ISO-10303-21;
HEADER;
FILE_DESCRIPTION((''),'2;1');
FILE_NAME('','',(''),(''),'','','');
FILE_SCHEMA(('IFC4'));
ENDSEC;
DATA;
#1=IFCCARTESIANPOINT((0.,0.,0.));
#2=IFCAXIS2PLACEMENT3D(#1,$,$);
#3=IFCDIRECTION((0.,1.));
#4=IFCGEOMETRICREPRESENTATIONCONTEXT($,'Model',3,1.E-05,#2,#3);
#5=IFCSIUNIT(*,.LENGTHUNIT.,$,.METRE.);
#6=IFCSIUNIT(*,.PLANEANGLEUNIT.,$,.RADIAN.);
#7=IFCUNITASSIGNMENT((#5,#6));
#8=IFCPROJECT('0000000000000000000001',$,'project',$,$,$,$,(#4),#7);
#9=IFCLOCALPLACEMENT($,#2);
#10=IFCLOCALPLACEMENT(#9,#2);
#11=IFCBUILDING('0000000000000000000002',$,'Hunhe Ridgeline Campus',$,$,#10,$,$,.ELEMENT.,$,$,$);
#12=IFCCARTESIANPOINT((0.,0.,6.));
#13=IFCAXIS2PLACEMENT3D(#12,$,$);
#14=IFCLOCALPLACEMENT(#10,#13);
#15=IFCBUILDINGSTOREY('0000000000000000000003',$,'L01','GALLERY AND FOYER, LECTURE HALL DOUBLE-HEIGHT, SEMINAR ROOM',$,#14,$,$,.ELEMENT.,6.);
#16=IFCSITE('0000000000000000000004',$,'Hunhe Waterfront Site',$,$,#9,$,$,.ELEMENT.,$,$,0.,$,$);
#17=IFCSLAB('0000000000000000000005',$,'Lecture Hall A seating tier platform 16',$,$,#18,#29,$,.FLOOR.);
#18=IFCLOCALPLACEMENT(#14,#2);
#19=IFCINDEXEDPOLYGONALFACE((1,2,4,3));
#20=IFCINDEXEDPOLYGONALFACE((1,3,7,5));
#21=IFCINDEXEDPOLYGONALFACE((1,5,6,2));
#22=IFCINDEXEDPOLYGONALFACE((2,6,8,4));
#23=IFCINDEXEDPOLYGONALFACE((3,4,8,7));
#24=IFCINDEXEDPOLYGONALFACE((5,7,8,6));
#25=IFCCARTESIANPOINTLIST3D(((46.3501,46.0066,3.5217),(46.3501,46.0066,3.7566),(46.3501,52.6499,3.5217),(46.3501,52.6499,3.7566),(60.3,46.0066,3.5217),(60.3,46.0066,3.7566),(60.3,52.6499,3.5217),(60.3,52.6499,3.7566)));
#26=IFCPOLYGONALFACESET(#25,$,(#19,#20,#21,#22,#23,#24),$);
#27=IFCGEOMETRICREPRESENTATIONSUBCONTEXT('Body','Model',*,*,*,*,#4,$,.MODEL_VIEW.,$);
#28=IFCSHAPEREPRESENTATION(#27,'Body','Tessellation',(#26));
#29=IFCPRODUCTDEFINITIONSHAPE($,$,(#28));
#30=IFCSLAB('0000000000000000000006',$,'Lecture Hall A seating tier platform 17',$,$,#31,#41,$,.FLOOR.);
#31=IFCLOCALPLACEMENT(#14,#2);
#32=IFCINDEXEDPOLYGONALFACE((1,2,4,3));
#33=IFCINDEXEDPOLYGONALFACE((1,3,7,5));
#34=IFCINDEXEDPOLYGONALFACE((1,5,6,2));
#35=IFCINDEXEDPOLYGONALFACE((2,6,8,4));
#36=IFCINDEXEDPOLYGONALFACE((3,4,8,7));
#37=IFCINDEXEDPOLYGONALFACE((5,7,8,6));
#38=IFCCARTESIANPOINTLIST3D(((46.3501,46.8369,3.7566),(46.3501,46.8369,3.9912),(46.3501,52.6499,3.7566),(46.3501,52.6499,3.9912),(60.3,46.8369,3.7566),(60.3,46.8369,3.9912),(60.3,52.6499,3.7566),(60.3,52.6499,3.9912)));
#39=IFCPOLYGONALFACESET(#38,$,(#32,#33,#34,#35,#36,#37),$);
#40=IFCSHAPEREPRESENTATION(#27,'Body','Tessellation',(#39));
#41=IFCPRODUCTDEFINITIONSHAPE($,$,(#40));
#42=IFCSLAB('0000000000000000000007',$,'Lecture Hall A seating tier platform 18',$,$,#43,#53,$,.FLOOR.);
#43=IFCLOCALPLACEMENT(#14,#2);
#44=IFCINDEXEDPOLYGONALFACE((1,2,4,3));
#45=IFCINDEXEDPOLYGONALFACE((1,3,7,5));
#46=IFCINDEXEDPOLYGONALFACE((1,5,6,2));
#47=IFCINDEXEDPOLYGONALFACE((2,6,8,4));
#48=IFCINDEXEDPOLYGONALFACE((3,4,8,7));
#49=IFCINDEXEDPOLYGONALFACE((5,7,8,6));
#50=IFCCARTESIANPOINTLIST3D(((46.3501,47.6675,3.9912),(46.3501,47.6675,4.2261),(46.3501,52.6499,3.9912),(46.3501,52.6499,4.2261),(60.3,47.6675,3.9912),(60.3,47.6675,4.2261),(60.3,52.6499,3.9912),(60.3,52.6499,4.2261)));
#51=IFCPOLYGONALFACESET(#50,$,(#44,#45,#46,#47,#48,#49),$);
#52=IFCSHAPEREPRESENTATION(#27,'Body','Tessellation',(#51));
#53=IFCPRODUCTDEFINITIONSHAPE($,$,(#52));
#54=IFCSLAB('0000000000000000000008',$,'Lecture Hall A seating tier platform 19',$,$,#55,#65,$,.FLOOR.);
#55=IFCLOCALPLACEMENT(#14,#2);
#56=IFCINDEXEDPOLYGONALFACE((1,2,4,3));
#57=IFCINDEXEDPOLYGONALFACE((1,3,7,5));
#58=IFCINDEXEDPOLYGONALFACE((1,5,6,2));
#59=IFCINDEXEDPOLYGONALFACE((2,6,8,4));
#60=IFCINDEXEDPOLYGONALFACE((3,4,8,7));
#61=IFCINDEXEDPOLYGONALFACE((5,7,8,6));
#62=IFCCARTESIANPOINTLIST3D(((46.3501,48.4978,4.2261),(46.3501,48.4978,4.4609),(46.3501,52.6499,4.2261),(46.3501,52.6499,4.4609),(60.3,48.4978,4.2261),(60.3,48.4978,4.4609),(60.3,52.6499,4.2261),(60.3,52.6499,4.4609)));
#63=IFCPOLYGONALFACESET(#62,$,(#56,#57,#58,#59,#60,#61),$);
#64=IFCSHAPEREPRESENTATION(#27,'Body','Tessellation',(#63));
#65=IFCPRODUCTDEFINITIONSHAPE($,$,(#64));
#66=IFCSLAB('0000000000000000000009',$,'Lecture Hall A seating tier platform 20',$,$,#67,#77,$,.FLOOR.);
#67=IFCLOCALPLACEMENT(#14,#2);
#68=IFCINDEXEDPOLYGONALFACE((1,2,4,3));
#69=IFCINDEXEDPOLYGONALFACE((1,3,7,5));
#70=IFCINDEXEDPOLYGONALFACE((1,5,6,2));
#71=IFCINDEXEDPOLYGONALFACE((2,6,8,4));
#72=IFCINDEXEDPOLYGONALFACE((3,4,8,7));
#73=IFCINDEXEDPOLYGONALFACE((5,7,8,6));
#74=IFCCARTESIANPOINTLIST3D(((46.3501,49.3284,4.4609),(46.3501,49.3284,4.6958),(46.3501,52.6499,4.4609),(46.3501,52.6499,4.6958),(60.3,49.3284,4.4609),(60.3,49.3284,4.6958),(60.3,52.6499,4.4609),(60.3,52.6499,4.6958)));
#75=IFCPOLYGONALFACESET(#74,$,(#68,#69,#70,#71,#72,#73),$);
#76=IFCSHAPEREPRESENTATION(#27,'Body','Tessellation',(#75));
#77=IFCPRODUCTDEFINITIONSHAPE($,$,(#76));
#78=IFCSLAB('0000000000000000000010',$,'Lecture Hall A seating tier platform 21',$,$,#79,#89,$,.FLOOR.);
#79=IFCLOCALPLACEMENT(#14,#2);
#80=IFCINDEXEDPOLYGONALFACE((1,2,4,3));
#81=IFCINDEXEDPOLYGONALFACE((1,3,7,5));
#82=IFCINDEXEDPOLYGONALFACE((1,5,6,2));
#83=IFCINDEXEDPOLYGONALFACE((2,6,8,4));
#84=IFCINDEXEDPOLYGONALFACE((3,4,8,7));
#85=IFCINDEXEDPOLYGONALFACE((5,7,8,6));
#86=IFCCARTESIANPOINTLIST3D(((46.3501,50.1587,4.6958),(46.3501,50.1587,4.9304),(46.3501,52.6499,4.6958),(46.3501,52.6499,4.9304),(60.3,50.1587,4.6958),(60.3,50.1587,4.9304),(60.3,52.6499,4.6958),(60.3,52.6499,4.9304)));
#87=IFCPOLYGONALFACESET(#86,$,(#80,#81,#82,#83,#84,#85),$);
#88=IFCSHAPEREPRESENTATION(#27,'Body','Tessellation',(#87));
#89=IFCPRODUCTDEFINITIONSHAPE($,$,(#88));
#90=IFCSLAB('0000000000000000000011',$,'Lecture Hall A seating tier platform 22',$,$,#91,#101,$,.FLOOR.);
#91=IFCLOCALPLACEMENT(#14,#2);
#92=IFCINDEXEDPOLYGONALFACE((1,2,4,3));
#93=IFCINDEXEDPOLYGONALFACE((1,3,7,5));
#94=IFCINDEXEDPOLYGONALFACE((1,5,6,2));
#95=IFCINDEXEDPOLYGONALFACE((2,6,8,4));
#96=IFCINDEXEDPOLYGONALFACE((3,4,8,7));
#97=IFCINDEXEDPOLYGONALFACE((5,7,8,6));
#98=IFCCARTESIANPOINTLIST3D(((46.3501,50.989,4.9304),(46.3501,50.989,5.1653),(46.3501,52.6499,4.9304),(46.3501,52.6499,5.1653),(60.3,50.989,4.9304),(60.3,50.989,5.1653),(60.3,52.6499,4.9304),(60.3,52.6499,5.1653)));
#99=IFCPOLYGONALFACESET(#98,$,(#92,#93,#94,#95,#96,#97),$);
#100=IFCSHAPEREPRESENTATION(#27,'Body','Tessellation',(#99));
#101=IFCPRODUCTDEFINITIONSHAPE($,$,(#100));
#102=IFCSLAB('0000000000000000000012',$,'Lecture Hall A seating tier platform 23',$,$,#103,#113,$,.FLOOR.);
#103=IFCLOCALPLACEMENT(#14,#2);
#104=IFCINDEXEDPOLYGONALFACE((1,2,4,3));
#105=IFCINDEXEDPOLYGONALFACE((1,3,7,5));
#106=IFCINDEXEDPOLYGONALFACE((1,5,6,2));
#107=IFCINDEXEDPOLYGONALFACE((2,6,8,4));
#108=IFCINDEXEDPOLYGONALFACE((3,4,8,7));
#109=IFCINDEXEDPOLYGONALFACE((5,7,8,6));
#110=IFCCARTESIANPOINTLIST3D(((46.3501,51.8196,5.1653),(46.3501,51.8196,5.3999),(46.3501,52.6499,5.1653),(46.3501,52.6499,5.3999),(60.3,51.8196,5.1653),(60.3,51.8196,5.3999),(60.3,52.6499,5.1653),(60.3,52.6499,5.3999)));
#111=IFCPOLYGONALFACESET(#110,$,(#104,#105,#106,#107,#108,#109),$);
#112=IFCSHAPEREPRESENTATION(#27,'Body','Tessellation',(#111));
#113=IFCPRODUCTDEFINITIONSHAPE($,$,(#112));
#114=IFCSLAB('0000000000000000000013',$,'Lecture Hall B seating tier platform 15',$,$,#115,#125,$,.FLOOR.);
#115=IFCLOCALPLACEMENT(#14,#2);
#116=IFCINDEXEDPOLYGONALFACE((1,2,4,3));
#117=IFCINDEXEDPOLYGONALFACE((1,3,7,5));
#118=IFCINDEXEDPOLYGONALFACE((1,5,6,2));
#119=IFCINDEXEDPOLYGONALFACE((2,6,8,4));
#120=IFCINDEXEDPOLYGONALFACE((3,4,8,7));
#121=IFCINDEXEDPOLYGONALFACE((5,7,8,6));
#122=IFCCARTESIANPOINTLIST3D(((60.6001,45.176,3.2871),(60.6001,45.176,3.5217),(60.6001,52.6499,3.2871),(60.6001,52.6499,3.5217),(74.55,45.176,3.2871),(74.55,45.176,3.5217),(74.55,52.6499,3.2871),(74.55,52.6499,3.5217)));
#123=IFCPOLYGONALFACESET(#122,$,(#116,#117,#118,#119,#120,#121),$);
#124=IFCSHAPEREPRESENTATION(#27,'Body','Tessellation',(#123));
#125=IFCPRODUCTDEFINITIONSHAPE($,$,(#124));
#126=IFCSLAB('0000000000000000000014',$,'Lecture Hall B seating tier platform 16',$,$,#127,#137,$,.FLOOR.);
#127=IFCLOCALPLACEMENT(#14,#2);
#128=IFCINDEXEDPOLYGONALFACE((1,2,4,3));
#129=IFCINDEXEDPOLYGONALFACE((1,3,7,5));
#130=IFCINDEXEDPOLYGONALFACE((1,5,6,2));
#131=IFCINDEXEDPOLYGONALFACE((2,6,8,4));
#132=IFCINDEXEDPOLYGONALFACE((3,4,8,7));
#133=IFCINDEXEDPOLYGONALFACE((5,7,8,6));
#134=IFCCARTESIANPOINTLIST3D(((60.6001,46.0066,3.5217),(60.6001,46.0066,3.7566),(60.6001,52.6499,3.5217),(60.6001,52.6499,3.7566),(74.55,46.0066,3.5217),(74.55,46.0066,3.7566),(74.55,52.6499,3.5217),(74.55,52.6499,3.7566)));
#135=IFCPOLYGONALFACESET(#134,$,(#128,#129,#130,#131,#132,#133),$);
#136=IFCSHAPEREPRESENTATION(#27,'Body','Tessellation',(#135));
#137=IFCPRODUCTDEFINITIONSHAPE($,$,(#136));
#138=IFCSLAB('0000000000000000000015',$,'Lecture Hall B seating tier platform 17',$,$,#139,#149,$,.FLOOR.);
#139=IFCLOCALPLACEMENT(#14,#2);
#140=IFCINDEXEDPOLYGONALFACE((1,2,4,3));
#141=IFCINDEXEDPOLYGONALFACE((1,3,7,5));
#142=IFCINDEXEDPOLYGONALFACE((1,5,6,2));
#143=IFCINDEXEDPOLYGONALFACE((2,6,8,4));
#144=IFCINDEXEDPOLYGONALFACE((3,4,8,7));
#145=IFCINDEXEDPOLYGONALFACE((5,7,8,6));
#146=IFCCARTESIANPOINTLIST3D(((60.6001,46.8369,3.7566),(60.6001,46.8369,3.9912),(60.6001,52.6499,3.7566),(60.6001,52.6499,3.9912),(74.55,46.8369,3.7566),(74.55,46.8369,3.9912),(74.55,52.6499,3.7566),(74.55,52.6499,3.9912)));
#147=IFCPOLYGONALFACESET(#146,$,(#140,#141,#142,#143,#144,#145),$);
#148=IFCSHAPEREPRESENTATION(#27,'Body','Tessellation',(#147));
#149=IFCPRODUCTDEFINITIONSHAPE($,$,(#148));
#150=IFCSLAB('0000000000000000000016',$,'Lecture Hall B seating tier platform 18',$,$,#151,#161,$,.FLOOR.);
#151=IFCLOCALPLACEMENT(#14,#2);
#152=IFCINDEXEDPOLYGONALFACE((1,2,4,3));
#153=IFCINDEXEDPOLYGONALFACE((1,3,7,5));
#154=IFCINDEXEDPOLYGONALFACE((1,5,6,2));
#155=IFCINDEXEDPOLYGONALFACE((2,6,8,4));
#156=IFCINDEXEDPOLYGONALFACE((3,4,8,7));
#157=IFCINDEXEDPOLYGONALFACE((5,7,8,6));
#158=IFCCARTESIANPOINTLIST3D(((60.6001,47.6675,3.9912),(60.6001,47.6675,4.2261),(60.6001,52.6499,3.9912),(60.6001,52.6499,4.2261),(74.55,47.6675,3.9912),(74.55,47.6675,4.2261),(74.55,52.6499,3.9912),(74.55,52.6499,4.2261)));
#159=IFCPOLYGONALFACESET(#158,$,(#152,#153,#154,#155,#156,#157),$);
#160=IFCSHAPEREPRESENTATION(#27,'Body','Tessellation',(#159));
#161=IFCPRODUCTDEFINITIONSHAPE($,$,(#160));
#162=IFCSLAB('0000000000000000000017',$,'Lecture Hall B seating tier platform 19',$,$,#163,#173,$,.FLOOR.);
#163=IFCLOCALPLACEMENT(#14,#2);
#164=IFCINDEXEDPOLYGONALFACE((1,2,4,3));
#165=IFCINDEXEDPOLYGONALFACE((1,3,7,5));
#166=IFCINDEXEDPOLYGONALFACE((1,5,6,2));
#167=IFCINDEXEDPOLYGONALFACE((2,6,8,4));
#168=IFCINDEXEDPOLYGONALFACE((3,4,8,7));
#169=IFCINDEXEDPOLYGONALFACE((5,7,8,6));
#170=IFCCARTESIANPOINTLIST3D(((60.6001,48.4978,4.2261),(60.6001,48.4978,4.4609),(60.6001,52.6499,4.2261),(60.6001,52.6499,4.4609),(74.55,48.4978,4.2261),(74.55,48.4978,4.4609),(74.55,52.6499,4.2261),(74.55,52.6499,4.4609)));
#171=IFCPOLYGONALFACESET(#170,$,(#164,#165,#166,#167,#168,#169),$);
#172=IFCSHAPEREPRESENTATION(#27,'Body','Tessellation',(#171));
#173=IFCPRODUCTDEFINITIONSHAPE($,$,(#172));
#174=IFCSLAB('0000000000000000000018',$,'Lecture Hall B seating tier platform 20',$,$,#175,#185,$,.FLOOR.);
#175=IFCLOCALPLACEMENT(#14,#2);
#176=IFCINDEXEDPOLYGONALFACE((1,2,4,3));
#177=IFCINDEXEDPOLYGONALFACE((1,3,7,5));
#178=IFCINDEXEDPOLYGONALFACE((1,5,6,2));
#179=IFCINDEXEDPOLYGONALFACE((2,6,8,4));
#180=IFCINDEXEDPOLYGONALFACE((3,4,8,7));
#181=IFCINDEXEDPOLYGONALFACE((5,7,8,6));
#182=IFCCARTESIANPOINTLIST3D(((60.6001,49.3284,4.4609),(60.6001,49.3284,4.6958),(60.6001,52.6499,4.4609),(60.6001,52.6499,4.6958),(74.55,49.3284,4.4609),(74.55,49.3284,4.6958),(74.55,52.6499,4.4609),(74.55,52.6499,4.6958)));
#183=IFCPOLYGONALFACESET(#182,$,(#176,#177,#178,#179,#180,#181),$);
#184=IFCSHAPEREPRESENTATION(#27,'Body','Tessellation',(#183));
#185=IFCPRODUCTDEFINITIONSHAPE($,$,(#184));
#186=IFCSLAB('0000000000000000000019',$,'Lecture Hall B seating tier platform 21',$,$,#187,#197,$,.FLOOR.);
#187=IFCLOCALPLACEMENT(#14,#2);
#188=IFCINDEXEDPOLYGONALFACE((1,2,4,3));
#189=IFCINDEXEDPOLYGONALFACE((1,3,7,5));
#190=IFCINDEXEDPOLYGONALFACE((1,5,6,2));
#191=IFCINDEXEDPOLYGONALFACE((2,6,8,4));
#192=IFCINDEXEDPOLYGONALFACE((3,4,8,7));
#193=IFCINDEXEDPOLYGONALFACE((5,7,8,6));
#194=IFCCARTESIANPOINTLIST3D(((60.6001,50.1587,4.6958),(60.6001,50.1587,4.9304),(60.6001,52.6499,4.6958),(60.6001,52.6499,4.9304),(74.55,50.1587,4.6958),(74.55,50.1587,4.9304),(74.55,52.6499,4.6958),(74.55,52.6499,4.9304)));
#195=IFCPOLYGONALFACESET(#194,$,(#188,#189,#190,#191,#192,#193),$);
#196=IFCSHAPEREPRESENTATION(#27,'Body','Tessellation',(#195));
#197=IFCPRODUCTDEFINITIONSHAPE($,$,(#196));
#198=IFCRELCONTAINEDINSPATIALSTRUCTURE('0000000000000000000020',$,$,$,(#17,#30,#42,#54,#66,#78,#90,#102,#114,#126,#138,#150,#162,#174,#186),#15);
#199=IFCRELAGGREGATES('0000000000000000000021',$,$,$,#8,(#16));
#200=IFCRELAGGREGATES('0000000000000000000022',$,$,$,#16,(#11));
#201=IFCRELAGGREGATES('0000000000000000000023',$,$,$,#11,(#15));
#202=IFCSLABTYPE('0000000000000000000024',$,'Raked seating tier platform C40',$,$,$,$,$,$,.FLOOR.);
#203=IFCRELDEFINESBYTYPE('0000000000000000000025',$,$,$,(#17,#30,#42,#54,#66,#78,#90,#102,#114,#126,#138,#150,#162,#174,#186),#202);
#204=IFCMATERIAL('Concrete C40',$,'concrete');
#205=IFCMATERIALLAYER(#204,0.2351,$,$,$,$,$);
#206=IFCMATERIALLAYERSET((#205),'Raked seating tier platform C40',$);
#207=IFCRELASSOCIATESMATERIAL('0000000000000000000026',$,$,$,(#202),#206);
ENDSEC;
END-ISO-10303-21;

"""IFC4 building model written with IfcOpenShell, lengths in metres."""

from ifc_helpers import new_model, si_unit, direction, frame, origin, place, context, subcontext, project, spatial, polyline, outline, extrude, material, layer, layer_set, type_object, element, save


model = new_model("IFC4")

# Units and contexts
model_context = context("Model", 3, precision=1e-05, world=origin(), true_north=direction((0.0, 1.0)))
body_context = subcontext(model_context, "Body", "Model", "MODEL_VIEW")
ifc_project = project(units=[si_unit("LENGTHUNIT", "METRE"), si_unit("PLANEANGLEUNIT", "RADIAN")], contexts=[model_context])

# Site, building, storey
site_placement = place(None, origin())
site = spatial("IfcSite", under=ifc_project, at=site_placement, Name="Hunhe Waterfront Site", CompositionType="ELEMENT", RefElevation=0.0)
building_placement = place(site_placement, origin())
building = spatial("IfcBuilding", under=site, at=building_placement, Name="Hunhe Ridgeline Campus", CompositionType="ELEMENT")
storey_placement = place(building_placement, frame((0.0, 0.0, 6.0)))
storey = spatial("IfcBuildingStorey", under=building, at=storey_placement, Name="L01", Description="GALLERY AND FOYER, LECTURE HALL DOUBLE-HEIGHT, SEMINAR ROOM", CompositionType="ELEMENT", Elevation=6.0)

# Slabs
ifc_material = material(Name="Concrete C40", Category="concrete")
ifc_layer_1 = layer(ifc_material, 0.2351)
ifc_layer_set_1 = layer_set([ifc_layer_1], Name="Raked seating tier platform C40")
slab_type_1 = type_object("IfcSlabType", Name="Raked seating tier platform C40", PredefinedType="FLOOR", material=ifc_layer_set_1)
slab_1_placement = place(storey_placement, frame((0.0, 0.0, 3.5217)))
element("IfcSlab", 1, at=slab_1_placement, inside=storey, type_object=slab_type_1, Name="Lecture Hall A seating tier platform 16", PredefinedType="FLOOR", context=body_context, shape_type="SweptSolid", body=[
    extrude(outline(polyline([(46.3501, 46.0066), (60.3, 46.0066), (60.3, 52.6499), (46.3501, 52.6499), (46.3501, 46.0066)])), origin(), (0.0, 0.0, 1.0), 0.2349),
])
slab_2_placement = place(storey_placement, frame((0.0, 0.0, 3.7566)))
element("IfcSlab", 2, at=slab_2_placement, inside=storey, type_object=slab_type_1, Name="Lecture Hall A seating tier platform 17", PredefinedType="FLOOR", context=body_context, shape_type="SweptSolid", body=[
    extrude(outline(polyline([(46.3501, 46.8369), (60.3, 46.8369), (60.3, 52.6499), (46.3501, 52.6499), (46.3501, 46.8369)])), origin(), (0.0, 0.0, 1.0), 0.2346),
])
slab_3_placement = place(storey_placement, frame((0.0, 0.0, 3.9912)))
element("IfcSlab", 3, at=slab_3_placement, inside=storey, type_object=slab_type_1, Name="Lecture Hall A seating tier platform 18", PredefinedType="FLOOR", context=body_context, shape_type="SweptSolid", body=[
    extrude(outline(polyline([(46.3501, 47.6675), (60.3, 47.6675), (60.3, 52.6499), (46.3501, 52.6499), (46.3501, 47.6675)])), origin(), (0.0, 0.0, 1.0), 0.2349),
])
slab_4_placement = place(storey_placement, frame((0.0, 0.0, 4.2261)))
element("IfcSlab", 4, at=slab_4_placement, inside=storey, type_object=slab_type_1, Name="Lecture Hall A seating tier platform 19", PredefinedType="FLOOR", context=body_context, shape_type="SweptSolid", body=[
    extrude(outline(polyline([(46.3501, 48.4978), (60.3, 48.4978), (60.3, 52.6499), (46.3501, 52.6499), (46.3501, 48.4978)])), origin(), (0.0, 0.0, 1.0), 0.2349),
])
slab_5_placement = place(storey_placement, frame((0.0, 0.0, 4.4609)))
element("IfcSlab", 5, at=slab_5_placement, inside=storey, type_object=slab_type_1, Name="Lecture Hall A seating tier platform 20", PredefinedType="FLOOR", context=body_context, shape_type="SweptSolid", body=[
    extrude(outline(polyline([(46.3501, 49.3284), (60.3, 49.3284), (60.3, 52.6499), (46.3501, 52.6499), (46.3501, 49.3284)])), origin(), (0.0, 0.0, 1.0), 0.2349),
])
slab_6_placement = place(storey_placement, frame((0.0, 0.0, 4.6958)))
element("IfcSlab", 6, at=slab_6_placement, inside=storey, type_object=slab_type_1, Name="Lecture Hall A seating tier platform 21", PredefinedType="FLOOR", context=body_context, shape_type="SweptSolid", body=[
    extrude(outline(polyline([(46.3501, 50.1587), (60.3, 50.1587), (60.3, 52.6499), (46.3501, 52.6499), (46.3501, 50.1587)])), origin(), (0.0, 0.0, 1.0), 0.2346),
])
slab_7_placement = place(storey_placement, frame((0.0, 0.0, 4.9304)))
element("IfcSlab", 7, at=slab_7_placement, inside=storey, type_object=slab_type_1, Name="Lecture Hall A seating tier platform 22", PredefinedType="FLOOR", context=body_context, shape_type="SweptSolid", body=[
    extrude(outline(polyline([(46.3501, 50.989), (60.3, 50.989), (60.3, 52.6499), (46.3501, 52.6499), (46.3501, 50.989)])), origin(), (0.0, 0.0, 1.0), 0.2349),
])
slab_8_placement = place(storey_placement, frame((0.0, 0.0, 5.1653)))
element("IfcSlab", 8, at=slab_8_placement, inside=storey, type_object=slab_type_1, Name="Lecture Hall A seating tier platform 23", PredefinedType="FLOOR", context=body_context, shape_type="SweptSolid", body=[
    extrude(outline(polyline([(46.3501, 51.8196), (60.3, 51.8196), (60.3, 52.6499), (46.3501, 52.6499), (46.3501, 51.8196)])), origin(), (0.0, 0.0, 1.0), 0.2346),
])
slab_9_placement = place(storey_placement, frame((0.0, 0.0, 3.2871)))
element("IfcSlab", 9, at=slab_9_placement, inside=storey, type_object=slab_type_1, Name="Lecture Hall B seating tier platform 15", PredefinedType="FLOOR", context=body_context, shape_type="SweptSolid", body=[
    extrude(outline(polyline([(60.6001, 45.176), (74.55, 45.176), (74.55, 52.6499), (60.6001, 52.6499), (60.6001, 45.176)])), origin(), (0.0, 0.0, 1.0), 0.2346),
])
slab_10_placement = place(storey_placement, frame((0.0, 0.0, 3.5217)))
element("IfcSlab", 10, at=slab_10_placement, inside=storey, type_object=slab_type_1, Name="Lecture Hall B seating tier platform 16", PredefinedType="FLOOR", context=body_context, shape_type="SweptSolid", body=[
    extrude(outline(polyline([(60.6001, 46.0066), (74.55, 46.0066), (74.55, 52.6499), (60.6001, 52.6499), (60.6001, 46.0066)])), origin(), (0.0, 0.0, 1.0), 0.2349),
])
slab_11_placement = place(storey_placement, frame((0.0, 0.0, 3.7566)))
element("IfcSlab", 11, at=slab_11_placement, inside=storey, type_object=slab_type_1, Name="Lecture Hall B seating tier platform 17", PredefinedType="FLOOR", context=body_context, shape_type="SweptSolid", body=[
    extrude(outline(polyline([(60.6001, 46.8369), (74.55, 46.8369), (74.55, 52.6499), (60.6001, 52.6499), (60.6001, 46.8369)])), origin(), (0.0, 0.0, 1.0), 0.2346),
])
slab_12_placement = place(storey_placement, frame((0.0, 0.0, 3.9912)))
element("IfcSlab", 12, at=slab_12_placement, inside=storey, type_object=slab_type_1, Name="Lecture Hall B seating tier platform 18", PredefinedType="FLOOR", context=body_context, shape_type="SweptSolid", body=[
    extrude(outline(polyline([(60.6001, 47.6675), (74.55, 47.6675), (74.55, 52.6499), (60.6001, 52.6499), (60.6001, 47.6675)])), origin(), (0.0, 0.0, 1.0), 0.2349),
])
slab_13_placement = place(storey_placement, frame((0.0, 0.0, 4.2261)))
element("IfcSlab", 13, at=slab_13_placement, inside=storey, type_object=slab_type_1, Name="Lecture Hall B seating tier platform 19", PredefinedType="FLOOR", context=body_context, shape_type="SweptSolid", body=[
    extrude(outline(polyline([(60.6001, 48.4978), (74.55, 48.4978), (74.55, 52.6499), (60.6001, 52.6499), (60.6001, 48.4978)])), origin(), (0.0, 0.0, 1.0), 0.2349),
])
slab_14_placement = place(storey_placement, frame((0.0, 0.0, 4.4609)))
element("IfcSlab", 14, at=slab_14_placement, inside=storey, type_object=slab_type_1, Name="Lecture Hall B seating tier platform 20", PredefinedType="FLOOR", context=body_context, shape_type="SweptSolid", body=[
    extrude(outline(polyline([(60.6001, 49.3284), (74.55, 49.3284), (74.55, 52.6499), (60.6001, 52.6499), (60.6001, 49.3284)])), origin(), (0.0, 0.0, 1.0), 0.2349),
])
slab_15_placement = place(storey_placement, frame((0.0, 0.0, 4.6958)))
element("IfcSlab", 15, at=slab_15_placement, inside=storey, type_object=slab_type_1, Name="Lecture Hall B seating tier platform 21", PredefinedType="FLOOR", context=body_context, shape_type="SweptSolid", body=[
    extrude(outline(polyline([(60.6001, 50.1587), (74.55, 50.1587), (74.55, 52.6499), (60.6001, 52.6499), (60.6001, 50.1587)])), origin(), (0.0, 0.0, 1.0), 0.2346),
])

save(model, "model.ifc")
